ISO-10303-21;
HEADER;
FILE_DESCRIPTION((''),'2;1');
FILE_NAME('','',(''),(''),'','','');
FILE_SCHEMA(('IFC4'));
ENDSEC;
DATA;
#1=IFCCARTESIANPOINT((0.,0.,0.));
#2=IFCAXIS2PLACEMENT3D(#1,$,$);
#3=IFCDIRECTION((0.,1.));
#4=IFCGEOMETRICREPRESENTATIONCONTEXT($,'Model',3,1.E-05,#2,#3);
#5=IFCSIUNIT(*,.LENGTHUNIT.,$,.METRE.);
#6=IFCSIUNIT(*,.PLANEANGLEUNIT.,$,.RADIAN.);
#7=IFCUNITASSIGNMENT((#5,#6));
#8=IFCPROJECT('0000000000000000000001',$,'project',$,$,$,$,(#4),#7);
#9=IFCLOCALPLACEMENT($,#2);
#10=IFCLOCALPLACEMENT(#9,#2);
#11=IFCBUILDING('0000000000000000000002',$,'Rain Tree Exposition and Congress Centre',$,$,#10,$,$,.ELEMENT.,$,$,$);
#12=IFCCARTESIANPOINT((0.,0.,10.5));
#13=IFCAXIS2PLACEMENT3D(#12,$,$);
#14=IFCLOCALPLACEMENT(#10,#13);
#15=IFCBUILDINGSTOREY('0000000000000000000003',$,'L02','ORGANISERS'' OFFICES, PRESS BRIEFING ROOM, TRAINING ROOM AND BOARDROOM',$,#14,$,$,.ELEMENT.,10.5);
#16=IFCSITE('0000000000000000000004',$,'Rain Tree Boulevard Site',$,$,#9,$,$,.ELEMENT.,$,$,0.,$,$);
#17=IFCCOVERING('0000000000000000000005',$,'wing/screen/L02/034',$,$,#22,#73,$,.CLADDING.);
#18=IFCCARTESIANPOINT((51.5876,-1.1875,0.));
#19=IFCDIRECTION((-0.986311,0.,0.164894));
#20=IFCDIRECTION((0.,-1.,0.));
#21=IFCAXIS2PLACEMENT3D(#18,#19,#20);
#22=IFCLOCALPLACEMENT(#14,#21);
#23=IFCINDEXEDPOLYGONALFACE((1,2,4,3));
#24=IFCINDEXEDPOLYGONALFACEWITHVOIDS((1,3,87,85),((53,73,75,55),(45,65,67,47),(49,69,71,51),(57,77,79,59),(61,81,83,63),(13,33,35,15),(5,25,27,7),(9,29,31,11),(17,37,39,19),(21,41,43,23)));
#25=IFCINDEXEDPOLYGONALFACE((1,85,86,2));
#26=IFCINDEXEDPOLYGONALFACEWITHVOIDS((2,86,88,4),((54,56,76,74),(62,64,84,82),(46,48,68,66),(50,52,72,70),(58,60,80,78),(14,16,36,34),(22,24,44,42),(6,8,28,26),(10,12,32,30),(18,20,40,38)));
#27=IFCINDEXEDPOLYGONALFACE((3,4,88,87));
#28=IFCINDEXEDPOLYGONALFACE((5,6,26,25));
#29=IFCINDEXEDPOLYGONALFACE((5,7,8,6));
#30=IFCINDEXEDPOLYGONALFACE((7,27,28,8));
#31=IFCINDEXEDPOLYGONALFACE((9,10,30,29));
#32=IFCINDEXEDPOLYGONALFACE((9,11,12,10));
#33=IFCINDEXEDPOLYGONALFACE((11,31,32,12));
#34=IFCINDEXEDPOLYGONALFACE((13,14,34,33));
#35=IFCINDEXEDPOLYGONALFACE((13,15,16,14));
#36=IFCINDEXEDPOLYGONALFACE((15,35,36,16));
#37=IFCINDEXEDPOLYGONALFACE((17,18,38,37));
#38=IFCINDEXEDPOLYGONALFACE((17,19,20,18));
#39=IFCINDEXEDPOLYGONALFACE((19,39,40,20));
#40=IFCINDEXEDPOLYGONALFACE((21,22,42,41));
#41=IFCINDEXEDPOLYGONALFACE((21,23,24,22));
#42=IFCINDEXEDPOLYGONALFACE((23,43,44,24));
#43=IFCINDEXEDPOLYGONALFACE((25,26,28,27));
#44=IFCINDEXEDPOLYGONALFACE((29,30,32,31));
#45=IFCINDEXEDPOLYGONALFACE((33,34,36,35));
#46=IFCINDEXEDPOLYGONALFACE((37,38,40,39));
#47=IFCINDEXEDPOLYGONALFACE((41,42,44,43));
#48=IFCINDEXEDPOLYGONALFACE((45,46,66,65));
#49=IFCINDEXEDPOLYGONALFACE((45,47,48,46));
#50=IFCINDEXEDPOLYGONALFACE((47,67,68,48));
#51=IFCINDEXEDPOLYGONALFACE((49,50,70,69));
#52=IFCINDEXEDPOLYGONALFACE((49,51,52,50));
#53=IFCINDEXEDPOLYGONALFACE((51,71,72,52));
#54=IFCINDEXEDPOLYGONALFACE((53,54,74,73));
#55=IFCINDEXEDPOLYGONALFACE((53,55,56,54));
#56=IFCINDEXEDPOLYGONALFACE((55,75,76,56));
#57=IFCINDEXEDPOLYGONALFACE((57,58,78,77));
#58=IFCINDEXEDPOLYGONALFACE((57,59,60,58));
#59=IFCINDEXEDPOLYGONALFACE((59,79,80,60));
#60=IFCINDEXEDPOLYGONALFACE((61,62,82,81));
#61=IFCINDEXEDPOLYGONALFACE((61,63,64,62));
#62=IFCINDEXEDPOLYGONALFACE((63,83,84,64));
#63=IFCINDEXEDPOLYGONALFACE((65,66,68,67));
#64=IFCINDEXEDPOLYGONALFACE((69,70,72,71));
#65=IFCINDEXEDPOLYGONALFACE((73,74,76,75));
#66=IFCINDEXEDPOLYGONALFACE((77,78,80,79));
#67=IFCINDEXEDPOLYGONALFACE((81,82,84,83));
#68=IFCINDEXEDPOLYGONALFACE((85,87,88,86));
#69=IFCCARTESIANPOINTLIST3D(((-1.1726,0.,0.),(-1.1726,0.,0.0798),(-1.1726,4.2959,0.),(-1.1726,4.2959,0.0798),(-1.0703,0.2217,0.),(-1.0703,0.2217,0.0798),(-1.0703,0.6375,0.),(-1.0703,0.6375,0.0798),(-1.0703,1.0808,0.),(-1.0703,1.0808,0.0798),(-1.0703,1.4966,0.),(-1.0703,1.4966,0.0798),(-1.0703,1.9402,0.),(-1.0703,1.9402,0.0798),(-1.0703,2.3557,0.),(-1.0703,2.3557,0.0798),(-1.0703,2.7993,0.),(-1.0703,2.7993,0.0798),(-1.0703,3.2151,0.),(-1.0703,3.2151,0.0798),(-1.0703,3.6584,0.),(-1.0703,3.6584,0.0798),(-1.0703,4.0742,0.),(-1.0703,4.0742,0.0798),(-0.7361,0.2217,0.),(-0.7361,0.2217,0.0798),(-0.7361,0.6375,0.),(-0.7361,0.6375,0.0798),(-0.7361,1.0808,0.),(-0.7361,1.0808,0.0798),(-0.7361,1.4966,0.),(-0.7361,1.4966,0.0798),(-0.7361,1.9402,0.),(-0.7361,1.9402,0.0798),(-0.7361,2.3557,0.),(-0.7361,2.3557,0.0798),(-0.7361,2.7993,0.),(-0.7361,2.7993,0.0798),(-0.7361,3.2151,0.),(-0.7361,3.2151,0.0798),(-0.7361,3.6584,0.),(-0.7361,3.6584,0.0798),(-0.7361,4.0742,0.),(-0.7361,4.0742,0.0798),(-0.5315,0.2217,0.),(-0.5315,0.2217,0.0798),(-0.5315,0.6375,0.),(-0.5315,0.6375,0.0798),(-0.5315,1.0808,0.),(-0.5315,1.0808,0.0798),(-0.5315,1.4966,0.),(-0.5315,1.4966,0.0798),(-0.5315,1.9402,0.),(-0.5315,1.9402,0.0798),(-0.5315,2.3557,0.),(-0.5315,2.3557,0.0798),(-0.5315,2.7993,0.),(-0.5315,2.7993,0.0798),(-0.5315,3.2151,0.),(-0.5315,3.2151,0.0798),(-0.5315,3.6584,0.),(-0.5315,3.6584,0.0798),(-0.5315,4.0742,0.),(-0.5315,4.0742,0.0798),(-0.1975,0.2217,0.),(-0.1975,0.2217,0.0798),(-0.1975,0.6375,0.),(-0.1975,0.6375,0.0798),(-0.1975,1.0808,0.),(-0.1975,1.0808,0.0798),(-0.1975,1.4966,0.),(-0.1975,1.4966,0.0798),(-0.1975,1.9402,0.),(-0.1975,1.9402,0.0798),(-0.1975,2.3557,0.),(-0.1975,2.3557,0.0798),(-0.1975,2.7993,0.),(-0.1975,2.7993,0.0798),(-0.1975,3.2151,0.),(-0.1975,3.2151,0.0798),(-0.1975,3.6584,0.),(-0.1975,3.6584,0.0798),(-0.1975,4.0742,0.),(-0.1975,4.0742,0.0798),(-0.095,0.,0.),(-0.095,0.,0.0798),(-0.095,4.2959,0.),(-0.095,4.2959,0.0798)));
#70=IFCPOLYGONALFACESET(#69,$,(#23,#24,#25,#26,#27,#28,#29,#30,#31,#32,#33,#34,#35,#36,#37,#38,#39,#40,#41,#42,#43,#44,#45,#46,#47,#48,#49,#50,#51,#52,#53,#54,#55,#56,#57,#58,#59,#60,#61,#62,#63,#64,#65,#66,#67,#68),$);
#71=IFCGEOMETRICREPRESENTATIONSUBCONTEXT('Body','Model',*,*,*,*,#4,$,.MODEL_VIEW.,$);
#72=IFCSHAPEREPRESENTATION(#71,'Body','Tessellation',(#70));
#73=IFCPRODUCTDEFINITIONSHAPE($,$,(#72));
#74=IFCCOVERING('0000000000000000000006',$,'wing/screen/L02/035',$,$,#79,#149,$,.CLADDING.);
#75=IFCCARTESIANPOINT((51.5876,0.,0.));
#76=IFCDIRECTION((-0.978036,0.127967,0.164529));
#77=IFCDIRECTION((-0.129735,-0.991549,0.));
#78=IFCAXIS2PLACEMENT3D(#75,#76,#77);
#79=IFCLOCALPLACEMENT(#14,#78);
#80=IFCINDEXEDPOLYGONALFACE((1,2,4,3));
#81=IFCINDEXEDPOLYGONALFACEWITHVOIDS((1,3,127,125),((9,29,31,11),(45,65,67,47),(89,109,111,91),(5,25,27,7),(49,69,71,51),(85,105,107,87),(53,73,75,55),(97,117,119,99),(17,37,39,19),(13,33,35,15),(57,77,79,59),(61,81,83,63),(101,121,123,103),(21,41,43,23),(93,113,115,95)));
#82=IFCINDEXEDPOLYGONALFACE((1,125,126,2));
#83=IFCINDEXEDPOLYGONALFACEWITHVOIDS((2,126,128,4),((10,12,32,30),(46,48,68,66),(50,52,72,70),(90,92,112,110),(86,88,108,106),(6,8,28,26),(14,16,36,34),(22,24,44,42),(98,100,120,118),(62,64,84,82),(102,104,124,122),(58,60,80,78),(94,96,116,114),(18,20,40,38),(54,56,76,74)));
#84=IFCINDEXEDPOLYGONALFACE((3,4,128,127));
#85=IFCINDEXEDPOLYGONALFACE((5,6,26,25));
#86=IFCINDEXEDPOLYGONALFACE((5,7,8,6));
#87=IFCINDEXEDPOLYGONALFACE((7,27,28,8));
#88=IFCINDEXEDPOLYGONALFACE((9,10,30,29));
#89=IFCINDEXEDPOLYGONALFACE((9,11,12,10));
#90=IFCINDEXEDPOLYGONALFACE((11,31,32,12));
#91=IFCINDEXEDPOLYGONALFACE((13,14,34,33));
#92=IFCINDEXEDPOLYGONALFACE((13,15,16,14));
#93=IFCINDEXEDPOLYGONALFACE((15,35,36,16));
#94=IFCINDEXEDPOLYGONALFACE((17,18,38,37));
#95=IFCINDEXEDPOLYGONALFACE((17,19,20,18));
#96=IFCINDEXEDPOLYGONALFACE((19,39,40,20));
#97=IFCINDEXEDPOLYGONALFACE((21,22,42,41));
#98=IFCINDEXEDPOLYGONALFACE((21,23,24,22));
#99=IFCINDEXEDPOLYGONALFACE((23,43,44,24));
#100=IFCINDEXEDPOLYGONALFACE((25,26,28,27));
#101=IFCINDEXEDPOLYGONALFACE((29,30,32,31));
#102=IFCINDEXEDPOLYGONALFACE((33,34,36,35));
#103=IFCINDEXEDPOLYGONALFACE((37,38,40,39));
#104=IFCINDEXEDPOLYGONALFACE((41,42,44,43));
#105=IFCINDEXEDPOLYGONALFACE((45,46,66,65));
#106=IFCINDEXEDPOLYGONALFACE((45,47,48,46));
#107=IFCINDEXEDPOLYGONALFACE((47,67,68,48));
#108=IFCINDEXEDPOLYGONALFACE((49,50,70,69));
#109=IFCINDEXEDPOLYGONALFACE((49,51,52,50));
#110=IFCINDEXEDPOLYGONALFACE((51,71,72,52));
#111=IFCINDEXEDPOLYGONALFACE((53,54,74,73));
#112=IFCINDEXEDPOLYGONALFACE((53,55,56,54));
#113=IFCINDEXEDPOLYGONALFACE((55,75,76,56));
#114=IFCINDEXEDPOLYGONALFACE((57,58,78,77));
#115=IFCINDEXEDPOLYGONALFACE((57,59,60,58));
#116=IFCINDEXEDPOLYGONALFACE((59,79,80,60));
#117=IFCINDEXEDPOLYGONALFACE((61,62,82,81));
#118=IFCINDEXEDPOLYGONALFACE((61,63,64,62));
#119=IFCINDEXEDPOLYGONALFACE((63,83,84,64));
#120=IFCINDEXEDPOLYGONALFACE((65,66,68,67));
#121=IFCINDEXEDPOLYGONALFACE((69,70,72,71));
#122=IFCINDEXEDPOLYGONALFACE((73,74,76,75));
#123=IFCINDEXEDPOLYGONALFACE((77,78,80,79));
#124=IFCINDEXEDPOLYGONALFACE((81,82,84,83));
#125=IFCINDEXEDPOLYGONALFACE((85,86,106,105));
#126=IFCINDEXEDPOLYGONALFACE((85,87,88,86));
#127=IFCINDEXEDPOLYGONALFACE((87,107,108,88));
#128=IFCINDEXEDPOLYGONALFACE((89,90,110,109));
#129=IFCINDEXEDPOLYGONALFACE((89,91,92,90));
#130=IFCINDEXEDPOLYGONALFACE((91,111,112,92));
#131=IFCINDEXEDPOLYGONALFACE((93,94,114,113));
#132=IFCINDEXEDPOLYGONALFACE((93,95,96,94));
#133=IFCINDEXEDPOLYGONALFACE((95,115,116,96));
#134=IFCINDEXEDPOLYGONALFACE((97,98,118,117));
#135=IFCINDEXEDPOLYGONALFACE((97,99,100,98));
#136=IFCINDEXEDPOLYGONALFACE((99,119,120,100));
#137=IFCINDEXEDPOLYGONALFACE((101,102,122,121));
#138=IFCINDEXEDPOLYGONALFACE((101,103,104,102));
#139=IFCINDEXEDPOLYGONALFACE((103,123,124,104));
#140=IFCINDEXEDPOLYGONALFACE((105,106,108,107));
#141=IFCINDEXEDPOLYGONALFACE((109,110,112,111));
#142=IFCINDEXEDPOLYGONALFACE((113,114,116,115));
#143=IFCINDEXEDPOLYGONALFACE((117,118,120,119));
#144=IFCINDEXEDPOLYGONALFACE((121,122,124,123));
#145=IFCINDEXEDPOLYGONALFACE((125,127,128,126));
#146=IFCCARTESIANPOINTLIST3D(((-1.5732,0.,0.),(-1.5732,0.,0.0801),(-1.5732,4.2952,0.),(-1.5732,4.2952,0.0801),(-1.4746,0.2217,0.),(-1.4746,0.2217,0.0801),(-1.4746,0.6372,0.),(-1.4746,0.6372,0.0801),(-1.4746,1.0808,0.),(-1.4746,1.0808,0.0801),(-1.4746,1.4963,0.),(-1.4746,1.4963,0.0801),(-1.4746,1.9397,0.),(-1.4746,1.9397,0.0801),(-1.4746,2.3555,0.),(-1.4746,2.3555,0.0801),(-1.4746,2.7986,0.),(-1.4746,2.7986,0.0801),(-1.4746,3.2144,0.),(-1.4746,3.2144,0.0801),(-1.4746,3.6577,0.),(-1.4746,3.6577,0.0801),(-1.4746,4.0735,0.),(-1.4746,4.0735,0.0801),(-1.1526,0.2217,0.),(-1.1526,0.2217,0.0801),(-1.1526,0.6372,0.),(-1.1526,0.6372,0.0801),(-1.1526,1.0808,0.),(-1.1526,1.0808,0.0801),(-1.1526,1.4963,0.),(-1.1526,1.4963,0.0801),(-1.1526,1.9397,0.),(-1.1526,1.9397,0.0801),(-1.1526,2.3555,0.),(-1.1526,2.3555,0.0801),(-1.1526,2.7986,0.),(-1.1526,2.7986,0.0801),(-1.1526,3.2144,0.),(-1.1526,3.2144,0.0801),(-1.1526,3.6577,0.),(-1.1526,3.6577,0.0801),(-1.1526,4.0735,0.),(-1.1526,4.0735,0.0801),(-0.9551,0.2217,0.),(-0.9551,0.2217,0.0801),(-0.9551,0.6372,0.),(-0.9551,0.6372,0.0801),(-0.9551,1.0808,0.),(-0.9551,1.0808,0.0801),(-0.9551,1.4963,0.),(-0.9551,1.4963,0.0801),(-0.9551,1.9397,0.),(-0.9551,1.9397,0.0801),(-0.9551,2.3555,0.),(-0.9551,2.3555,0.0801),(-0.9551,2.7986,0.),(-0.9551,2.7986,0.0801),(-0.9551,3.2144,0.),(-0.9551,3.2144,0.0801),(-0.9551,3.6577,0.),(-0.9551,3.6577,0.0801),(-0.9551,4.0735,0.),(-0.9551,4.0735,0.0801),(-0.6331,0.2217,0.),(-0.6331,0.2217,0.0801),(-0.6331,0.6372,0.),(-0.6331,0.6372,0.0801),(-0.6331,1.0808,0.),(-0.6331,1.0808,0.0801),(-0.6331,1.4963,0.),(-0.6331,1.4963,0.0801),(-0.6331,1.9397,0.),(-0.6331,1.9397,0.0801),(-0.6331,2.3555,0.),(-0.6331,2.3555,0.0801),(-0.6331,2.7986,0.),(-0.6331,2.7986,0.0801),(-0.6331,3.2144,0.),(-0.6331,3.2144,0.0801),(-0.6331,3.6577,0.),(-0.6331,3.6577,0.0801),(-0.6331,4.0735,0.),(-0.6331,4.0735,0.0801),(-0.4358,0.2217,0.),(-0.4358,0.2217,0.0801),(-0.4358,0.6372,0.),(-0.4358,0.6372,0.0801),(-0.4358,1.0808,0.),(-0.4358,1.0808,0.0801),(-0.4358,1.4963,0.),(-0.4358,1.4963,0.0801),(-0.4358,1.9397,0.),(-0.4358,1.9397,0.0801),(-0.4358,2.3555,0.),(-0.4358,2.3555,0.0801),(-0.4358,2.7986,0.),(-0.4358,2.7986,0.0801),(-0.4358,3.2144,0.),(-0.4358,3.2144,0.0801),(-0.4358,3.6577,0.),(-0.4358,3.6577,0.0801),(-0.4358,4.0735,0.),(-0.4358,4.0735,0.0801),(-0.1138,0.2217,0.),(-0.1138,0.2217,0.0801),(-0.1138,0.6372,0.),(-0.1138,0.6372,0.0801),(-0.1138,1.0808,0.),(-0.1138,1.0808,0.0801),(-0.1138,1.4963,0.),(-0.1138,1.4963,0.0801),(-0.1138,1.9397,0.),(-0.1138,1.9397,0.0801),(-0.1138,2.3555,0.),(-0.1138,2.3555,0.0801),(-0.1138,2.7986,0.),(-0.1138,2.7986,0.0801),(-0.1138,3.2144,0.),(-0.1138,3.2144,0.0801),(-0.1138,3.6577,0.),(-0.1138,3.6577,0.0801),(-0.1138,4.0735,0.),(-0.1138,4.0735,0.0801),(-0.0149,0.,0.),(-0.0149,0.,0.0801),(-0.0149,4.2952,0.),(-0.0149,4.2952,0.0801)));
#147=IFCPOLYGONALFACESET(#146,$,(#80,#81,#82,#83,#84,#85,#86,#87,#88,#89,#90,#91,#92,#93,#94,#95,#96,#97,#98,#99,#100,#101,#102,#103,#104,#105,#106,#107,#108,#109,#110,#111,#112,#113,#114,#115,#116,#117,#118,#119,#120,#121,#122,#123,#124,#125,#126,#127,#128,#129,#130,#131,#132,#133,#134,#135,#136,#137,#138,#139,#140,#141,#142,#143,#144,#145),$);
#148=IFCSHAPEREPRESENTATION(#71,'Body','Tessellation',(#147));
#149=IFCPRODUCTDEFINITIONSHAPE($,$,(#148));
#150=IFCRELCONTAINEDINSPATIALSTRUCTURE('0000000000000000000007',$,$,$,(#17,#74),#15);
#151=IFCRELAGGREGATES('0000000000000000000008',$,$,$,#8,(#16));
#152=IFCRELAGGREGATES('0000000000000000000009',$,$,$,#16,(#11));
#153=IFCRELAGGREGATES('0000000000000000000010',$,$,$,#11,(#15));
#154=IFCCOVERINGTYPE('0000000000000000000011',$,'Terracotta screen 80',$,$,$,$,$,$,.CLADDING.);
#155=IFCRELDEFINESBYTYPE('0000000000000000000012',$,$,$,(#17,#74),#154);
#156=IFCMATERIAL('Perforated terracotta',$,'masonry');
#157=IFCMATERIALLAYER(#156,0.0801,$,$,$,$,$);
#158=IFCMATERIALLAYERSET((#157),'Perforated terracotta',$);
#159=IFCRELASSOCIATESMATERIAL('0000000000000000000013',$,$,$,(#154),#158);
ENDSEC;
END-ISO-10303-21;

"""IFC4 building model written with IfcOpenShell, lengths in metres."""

from ifc_helpers import new_model, si_unit, direction, frame, origin, place, context, subcontext, project, spatial, polyline, outline, extrude, material, layer, layer_set, type_object, element, save


model = new_model("IFC4")

# Units and contexts
model_context = context("Model", 3, precision=1e-05, world=origin(), true_north=direction((0.0, 1.0)))
body_context = subcontext(model_context, "Body", "Model", "MODEL_VIEW")
ifc_project = project(units=[si_unit("LENGTHUNIT", "METRE"), si_unit("PLANEANGLEUNIT", "RADIAN")], contexts=[model_context])

# Site, building, storey
site_placement = place(None, origin())
site = spatial("IfcSite", under=ifc_project, at=site_placement, Name="Rain Tree Boulevard Site", CompositionType="ELEMENT", RefElevation=0.0)
building_placement = place(site_placement, origin())
building = spatial("IfcBuilding", under=site, at=building_placement, Name="Rain Tree Exposition and Congress Centre", CompositionType="ELEMENT")
storey_placement = place(building_placement, frame((0.0, 0.0, 10.5)))
storey = spatial("IfcBuildingStorey", under=building, at=storey_placement, Name="L02", Description="ORGANISERS' OFFICES, PRESS BRIEFING ROOM, TRAINING ROOM AND BOARDROOM", CompositionType="ELEMENT", Elevation=10.5)

# Coverings
ifc_material_1 = material(Name="Perforated terracotta", Category="masonry")
ifc_layer_1 = layer(ifc_material_1, 0.0801)
ifc_layer_set_1 = layer_set([ifc_layer_1], Name="Perforated terracotta")
covering_type = type_object("IfcCoveringType", Name="Terracotta screen 80", PredefinedType="CLADDING", material=ifc_layer_set_1)
covering_1_placement = place(storey_placement, frame((51.5876, -1.1875, 0.0), z_axis=(-0.986311, 0.0, 0.164894), x_axis=(0.0, -1.0, 0.0)))
element("IfcCovering", 1, at=covering_1_placement, inside=storey, type_object=covering_type, Name="wing/screen/L02/034", PredefinedType="CLADDING", context=body_context, shape_type="SweptSolid", body=[
    extrude(outline(polyline([(-1.1726, 0.0), (-1.1726, 4.2959), (-0.095, 4.2959), (-0.095, 0.0), (-1.1726, 0.0)]), holes=[polyline([(-0.1975, 0.2217), (-0.1975, 0.6375), (-0.5315, 0.6375), (-0.5315, 0.2217), (-0.1975, 0.2217)]), polyline([(-0.1975, 1.0808), (-0.1975, 1.4966), (-0.5315, 1.4966), (-0.5315, 1.0808), (-0.1975, 1.0808)]), polyline([(-0.1975, 1.9402), (-0.1975, 2.3557), (-0.5315, 2.3557), (-0.5315, 1.9402), (-0.1975, 1.9402)]), polyline([(-0.1975, 2.7993), (-0.1975, 3.2151), (-0.5315, 3.2151), (-0.5315, 2.7993), (-0.1975, 2.7993)]), polyline([(-0.1975, 3.6584), (-0.1975, 4.0742), (-0.5315, 4.0742), (-0.5315, 3.6584), (-0.1975, 3.6584)]), polyline([(-0.7361, 0.2217), (-0.7361, 0.6375), (-1.0703, 0.6375), (-1.0703, 0.2217), (-0.7361, 0.2217)]), polyline([(-0.7361, 1.0808), (-0.7361, 1.4966), (-1.0703, 1.4966), (-1.0703, 1.0808), (-0.7361, 1.0808)]), polyline([(-0.7361, 1.9402), (-0.7361, 2.3557), (-1.0703, 2.3557), (-1.0703, 1.9402), (-0.7361, 1.9402)]), polyline([(-0.7361, 2.7993), (-0.7361, 3.2151), (-1.0703, 3.2151), (-1.0703, 2.7993), (-0.7361, 2.7993)]), polyline([(-0.7361, 3.6584), (-0.7361, 4.0742), (-1.0703, 4.0742), (-1.0703, 3.6584), (-0.7361, 3.6584)])]), origin(), (0.0, 0.0, 1.0), 0.0798),
])
covering_2_placement = place(storey_placement, frame((51.5876, 0.0, 0.0), z_axis=(-0.978036, 0.127967, 0.164529), x_axis=(-0.129735, -0.991549, 0.0)))
element("IfcCovering", 2, at=covering_2_placement, inside=storey, type_object=covering_type, Name="wing/screen/L02/035", PredefinedType="CLADDING", context=body_context, shape_type="SweptSolid", body=[
    extrude(outline(polyline([(-1.5732, 0.0), (-1.5732, 4.2952), (-0.0149, 4.2952), (-0.0149, 0.0), (-1.5732, 0.0)]), holes=[polyline([(-0.1138, 0.2217), (-0.1138, 0.6372), (-0.4358, 0.6372), (-0.4358, 0.2217), (-0.1138, 0.2217)]), polyline([(-0.1138, 1.0808), (-0.1138, 1.4963), (-0.4358, 1.4963), (-0.4358, 1.0808), (-0.1138, 1.0808)]), polyline([(-0.1138, 1.9397), (-0.1138, 2.3555), (-0.4358, 2.3555), (-0.4358, 1.9397), (-0.1138, 1.9397)]), polyline([(-0.1138, 2.7986), (-0.1138, 3.2144), (-0.4358, 3.2144), (-0.4358, 2.7986), (-0.1138, 2.7986)]), polyline([(-0.1138, 3.6577), (-0.1138, 4.0735), (-0.4358, 4.0735), (-0.4358, 3.6577), (-0.1138, 3.6577)]), polyline([(-0.6331, 0.2217), (-0.6331, 0.6372), (-0.9551, 0.6372), (-0.9551, 0.2217), (-0.6331, 0.2217)]), polyline([(-0.6331, 1.0808), (-0.6331, 1.4963), (-0.9551, 1.4963), (-0.9551, 1.0808), (-0.6331, 1.0808)]), polyline([(-0.6331, 1.9397), (-0.6331, 2.3555), (-0.9551, 2.3555), (-0.9551, 1.9397), (-0.6331, 1.9397)]), polyline([(-0.6331, 2.7986), (-0.6331, 3.2144), (-0.9551, 3.2144), (-0.9551, 2.7986), (-0.6331, 2.7986)]), polyline([(-0.6331, 3.6577), (-0.6331, 4.0735), (-0.9551, 4.0735), (-0.9551, 3.6577), (-0.6331, 3.6577)]), polyline([(-1.1526, 0.2217), (-1.1526, 0.6372), (-1.4746, 0.6372), (-1.4746, 0.2217), (-1.1526, 0.2217)]), polyline([(-1.1526, 1.0808), (-1.1526, 1.4963), (-1.4746, 1.4963), (-1.4746, 1.0808), (-1.1526, 1.0808)]), polyline([(-1.1526, 1.9397), (-1.1526, 2.3555), (-1.4746, 2.3555), (-1.4746, 1.9397), (-1.1526, 1.9397)]), polyline([(-1.1526, 2.7986), (-1.1526, 3.2144), (-1.4746, 3.2144), (-1.4746, 2.7986), (-1.1526, 2.7986)]), polyline([(-1.1526, 3.6577), (-1.1526, 4.0735), (-1.4746, 4.0735), (-1.4746, 3.6577), (-1.1526, 3.6577)])]), origin(), (0.0, 0.0, 1.0), 0.0801),
])

save(model, "model.ifc")
